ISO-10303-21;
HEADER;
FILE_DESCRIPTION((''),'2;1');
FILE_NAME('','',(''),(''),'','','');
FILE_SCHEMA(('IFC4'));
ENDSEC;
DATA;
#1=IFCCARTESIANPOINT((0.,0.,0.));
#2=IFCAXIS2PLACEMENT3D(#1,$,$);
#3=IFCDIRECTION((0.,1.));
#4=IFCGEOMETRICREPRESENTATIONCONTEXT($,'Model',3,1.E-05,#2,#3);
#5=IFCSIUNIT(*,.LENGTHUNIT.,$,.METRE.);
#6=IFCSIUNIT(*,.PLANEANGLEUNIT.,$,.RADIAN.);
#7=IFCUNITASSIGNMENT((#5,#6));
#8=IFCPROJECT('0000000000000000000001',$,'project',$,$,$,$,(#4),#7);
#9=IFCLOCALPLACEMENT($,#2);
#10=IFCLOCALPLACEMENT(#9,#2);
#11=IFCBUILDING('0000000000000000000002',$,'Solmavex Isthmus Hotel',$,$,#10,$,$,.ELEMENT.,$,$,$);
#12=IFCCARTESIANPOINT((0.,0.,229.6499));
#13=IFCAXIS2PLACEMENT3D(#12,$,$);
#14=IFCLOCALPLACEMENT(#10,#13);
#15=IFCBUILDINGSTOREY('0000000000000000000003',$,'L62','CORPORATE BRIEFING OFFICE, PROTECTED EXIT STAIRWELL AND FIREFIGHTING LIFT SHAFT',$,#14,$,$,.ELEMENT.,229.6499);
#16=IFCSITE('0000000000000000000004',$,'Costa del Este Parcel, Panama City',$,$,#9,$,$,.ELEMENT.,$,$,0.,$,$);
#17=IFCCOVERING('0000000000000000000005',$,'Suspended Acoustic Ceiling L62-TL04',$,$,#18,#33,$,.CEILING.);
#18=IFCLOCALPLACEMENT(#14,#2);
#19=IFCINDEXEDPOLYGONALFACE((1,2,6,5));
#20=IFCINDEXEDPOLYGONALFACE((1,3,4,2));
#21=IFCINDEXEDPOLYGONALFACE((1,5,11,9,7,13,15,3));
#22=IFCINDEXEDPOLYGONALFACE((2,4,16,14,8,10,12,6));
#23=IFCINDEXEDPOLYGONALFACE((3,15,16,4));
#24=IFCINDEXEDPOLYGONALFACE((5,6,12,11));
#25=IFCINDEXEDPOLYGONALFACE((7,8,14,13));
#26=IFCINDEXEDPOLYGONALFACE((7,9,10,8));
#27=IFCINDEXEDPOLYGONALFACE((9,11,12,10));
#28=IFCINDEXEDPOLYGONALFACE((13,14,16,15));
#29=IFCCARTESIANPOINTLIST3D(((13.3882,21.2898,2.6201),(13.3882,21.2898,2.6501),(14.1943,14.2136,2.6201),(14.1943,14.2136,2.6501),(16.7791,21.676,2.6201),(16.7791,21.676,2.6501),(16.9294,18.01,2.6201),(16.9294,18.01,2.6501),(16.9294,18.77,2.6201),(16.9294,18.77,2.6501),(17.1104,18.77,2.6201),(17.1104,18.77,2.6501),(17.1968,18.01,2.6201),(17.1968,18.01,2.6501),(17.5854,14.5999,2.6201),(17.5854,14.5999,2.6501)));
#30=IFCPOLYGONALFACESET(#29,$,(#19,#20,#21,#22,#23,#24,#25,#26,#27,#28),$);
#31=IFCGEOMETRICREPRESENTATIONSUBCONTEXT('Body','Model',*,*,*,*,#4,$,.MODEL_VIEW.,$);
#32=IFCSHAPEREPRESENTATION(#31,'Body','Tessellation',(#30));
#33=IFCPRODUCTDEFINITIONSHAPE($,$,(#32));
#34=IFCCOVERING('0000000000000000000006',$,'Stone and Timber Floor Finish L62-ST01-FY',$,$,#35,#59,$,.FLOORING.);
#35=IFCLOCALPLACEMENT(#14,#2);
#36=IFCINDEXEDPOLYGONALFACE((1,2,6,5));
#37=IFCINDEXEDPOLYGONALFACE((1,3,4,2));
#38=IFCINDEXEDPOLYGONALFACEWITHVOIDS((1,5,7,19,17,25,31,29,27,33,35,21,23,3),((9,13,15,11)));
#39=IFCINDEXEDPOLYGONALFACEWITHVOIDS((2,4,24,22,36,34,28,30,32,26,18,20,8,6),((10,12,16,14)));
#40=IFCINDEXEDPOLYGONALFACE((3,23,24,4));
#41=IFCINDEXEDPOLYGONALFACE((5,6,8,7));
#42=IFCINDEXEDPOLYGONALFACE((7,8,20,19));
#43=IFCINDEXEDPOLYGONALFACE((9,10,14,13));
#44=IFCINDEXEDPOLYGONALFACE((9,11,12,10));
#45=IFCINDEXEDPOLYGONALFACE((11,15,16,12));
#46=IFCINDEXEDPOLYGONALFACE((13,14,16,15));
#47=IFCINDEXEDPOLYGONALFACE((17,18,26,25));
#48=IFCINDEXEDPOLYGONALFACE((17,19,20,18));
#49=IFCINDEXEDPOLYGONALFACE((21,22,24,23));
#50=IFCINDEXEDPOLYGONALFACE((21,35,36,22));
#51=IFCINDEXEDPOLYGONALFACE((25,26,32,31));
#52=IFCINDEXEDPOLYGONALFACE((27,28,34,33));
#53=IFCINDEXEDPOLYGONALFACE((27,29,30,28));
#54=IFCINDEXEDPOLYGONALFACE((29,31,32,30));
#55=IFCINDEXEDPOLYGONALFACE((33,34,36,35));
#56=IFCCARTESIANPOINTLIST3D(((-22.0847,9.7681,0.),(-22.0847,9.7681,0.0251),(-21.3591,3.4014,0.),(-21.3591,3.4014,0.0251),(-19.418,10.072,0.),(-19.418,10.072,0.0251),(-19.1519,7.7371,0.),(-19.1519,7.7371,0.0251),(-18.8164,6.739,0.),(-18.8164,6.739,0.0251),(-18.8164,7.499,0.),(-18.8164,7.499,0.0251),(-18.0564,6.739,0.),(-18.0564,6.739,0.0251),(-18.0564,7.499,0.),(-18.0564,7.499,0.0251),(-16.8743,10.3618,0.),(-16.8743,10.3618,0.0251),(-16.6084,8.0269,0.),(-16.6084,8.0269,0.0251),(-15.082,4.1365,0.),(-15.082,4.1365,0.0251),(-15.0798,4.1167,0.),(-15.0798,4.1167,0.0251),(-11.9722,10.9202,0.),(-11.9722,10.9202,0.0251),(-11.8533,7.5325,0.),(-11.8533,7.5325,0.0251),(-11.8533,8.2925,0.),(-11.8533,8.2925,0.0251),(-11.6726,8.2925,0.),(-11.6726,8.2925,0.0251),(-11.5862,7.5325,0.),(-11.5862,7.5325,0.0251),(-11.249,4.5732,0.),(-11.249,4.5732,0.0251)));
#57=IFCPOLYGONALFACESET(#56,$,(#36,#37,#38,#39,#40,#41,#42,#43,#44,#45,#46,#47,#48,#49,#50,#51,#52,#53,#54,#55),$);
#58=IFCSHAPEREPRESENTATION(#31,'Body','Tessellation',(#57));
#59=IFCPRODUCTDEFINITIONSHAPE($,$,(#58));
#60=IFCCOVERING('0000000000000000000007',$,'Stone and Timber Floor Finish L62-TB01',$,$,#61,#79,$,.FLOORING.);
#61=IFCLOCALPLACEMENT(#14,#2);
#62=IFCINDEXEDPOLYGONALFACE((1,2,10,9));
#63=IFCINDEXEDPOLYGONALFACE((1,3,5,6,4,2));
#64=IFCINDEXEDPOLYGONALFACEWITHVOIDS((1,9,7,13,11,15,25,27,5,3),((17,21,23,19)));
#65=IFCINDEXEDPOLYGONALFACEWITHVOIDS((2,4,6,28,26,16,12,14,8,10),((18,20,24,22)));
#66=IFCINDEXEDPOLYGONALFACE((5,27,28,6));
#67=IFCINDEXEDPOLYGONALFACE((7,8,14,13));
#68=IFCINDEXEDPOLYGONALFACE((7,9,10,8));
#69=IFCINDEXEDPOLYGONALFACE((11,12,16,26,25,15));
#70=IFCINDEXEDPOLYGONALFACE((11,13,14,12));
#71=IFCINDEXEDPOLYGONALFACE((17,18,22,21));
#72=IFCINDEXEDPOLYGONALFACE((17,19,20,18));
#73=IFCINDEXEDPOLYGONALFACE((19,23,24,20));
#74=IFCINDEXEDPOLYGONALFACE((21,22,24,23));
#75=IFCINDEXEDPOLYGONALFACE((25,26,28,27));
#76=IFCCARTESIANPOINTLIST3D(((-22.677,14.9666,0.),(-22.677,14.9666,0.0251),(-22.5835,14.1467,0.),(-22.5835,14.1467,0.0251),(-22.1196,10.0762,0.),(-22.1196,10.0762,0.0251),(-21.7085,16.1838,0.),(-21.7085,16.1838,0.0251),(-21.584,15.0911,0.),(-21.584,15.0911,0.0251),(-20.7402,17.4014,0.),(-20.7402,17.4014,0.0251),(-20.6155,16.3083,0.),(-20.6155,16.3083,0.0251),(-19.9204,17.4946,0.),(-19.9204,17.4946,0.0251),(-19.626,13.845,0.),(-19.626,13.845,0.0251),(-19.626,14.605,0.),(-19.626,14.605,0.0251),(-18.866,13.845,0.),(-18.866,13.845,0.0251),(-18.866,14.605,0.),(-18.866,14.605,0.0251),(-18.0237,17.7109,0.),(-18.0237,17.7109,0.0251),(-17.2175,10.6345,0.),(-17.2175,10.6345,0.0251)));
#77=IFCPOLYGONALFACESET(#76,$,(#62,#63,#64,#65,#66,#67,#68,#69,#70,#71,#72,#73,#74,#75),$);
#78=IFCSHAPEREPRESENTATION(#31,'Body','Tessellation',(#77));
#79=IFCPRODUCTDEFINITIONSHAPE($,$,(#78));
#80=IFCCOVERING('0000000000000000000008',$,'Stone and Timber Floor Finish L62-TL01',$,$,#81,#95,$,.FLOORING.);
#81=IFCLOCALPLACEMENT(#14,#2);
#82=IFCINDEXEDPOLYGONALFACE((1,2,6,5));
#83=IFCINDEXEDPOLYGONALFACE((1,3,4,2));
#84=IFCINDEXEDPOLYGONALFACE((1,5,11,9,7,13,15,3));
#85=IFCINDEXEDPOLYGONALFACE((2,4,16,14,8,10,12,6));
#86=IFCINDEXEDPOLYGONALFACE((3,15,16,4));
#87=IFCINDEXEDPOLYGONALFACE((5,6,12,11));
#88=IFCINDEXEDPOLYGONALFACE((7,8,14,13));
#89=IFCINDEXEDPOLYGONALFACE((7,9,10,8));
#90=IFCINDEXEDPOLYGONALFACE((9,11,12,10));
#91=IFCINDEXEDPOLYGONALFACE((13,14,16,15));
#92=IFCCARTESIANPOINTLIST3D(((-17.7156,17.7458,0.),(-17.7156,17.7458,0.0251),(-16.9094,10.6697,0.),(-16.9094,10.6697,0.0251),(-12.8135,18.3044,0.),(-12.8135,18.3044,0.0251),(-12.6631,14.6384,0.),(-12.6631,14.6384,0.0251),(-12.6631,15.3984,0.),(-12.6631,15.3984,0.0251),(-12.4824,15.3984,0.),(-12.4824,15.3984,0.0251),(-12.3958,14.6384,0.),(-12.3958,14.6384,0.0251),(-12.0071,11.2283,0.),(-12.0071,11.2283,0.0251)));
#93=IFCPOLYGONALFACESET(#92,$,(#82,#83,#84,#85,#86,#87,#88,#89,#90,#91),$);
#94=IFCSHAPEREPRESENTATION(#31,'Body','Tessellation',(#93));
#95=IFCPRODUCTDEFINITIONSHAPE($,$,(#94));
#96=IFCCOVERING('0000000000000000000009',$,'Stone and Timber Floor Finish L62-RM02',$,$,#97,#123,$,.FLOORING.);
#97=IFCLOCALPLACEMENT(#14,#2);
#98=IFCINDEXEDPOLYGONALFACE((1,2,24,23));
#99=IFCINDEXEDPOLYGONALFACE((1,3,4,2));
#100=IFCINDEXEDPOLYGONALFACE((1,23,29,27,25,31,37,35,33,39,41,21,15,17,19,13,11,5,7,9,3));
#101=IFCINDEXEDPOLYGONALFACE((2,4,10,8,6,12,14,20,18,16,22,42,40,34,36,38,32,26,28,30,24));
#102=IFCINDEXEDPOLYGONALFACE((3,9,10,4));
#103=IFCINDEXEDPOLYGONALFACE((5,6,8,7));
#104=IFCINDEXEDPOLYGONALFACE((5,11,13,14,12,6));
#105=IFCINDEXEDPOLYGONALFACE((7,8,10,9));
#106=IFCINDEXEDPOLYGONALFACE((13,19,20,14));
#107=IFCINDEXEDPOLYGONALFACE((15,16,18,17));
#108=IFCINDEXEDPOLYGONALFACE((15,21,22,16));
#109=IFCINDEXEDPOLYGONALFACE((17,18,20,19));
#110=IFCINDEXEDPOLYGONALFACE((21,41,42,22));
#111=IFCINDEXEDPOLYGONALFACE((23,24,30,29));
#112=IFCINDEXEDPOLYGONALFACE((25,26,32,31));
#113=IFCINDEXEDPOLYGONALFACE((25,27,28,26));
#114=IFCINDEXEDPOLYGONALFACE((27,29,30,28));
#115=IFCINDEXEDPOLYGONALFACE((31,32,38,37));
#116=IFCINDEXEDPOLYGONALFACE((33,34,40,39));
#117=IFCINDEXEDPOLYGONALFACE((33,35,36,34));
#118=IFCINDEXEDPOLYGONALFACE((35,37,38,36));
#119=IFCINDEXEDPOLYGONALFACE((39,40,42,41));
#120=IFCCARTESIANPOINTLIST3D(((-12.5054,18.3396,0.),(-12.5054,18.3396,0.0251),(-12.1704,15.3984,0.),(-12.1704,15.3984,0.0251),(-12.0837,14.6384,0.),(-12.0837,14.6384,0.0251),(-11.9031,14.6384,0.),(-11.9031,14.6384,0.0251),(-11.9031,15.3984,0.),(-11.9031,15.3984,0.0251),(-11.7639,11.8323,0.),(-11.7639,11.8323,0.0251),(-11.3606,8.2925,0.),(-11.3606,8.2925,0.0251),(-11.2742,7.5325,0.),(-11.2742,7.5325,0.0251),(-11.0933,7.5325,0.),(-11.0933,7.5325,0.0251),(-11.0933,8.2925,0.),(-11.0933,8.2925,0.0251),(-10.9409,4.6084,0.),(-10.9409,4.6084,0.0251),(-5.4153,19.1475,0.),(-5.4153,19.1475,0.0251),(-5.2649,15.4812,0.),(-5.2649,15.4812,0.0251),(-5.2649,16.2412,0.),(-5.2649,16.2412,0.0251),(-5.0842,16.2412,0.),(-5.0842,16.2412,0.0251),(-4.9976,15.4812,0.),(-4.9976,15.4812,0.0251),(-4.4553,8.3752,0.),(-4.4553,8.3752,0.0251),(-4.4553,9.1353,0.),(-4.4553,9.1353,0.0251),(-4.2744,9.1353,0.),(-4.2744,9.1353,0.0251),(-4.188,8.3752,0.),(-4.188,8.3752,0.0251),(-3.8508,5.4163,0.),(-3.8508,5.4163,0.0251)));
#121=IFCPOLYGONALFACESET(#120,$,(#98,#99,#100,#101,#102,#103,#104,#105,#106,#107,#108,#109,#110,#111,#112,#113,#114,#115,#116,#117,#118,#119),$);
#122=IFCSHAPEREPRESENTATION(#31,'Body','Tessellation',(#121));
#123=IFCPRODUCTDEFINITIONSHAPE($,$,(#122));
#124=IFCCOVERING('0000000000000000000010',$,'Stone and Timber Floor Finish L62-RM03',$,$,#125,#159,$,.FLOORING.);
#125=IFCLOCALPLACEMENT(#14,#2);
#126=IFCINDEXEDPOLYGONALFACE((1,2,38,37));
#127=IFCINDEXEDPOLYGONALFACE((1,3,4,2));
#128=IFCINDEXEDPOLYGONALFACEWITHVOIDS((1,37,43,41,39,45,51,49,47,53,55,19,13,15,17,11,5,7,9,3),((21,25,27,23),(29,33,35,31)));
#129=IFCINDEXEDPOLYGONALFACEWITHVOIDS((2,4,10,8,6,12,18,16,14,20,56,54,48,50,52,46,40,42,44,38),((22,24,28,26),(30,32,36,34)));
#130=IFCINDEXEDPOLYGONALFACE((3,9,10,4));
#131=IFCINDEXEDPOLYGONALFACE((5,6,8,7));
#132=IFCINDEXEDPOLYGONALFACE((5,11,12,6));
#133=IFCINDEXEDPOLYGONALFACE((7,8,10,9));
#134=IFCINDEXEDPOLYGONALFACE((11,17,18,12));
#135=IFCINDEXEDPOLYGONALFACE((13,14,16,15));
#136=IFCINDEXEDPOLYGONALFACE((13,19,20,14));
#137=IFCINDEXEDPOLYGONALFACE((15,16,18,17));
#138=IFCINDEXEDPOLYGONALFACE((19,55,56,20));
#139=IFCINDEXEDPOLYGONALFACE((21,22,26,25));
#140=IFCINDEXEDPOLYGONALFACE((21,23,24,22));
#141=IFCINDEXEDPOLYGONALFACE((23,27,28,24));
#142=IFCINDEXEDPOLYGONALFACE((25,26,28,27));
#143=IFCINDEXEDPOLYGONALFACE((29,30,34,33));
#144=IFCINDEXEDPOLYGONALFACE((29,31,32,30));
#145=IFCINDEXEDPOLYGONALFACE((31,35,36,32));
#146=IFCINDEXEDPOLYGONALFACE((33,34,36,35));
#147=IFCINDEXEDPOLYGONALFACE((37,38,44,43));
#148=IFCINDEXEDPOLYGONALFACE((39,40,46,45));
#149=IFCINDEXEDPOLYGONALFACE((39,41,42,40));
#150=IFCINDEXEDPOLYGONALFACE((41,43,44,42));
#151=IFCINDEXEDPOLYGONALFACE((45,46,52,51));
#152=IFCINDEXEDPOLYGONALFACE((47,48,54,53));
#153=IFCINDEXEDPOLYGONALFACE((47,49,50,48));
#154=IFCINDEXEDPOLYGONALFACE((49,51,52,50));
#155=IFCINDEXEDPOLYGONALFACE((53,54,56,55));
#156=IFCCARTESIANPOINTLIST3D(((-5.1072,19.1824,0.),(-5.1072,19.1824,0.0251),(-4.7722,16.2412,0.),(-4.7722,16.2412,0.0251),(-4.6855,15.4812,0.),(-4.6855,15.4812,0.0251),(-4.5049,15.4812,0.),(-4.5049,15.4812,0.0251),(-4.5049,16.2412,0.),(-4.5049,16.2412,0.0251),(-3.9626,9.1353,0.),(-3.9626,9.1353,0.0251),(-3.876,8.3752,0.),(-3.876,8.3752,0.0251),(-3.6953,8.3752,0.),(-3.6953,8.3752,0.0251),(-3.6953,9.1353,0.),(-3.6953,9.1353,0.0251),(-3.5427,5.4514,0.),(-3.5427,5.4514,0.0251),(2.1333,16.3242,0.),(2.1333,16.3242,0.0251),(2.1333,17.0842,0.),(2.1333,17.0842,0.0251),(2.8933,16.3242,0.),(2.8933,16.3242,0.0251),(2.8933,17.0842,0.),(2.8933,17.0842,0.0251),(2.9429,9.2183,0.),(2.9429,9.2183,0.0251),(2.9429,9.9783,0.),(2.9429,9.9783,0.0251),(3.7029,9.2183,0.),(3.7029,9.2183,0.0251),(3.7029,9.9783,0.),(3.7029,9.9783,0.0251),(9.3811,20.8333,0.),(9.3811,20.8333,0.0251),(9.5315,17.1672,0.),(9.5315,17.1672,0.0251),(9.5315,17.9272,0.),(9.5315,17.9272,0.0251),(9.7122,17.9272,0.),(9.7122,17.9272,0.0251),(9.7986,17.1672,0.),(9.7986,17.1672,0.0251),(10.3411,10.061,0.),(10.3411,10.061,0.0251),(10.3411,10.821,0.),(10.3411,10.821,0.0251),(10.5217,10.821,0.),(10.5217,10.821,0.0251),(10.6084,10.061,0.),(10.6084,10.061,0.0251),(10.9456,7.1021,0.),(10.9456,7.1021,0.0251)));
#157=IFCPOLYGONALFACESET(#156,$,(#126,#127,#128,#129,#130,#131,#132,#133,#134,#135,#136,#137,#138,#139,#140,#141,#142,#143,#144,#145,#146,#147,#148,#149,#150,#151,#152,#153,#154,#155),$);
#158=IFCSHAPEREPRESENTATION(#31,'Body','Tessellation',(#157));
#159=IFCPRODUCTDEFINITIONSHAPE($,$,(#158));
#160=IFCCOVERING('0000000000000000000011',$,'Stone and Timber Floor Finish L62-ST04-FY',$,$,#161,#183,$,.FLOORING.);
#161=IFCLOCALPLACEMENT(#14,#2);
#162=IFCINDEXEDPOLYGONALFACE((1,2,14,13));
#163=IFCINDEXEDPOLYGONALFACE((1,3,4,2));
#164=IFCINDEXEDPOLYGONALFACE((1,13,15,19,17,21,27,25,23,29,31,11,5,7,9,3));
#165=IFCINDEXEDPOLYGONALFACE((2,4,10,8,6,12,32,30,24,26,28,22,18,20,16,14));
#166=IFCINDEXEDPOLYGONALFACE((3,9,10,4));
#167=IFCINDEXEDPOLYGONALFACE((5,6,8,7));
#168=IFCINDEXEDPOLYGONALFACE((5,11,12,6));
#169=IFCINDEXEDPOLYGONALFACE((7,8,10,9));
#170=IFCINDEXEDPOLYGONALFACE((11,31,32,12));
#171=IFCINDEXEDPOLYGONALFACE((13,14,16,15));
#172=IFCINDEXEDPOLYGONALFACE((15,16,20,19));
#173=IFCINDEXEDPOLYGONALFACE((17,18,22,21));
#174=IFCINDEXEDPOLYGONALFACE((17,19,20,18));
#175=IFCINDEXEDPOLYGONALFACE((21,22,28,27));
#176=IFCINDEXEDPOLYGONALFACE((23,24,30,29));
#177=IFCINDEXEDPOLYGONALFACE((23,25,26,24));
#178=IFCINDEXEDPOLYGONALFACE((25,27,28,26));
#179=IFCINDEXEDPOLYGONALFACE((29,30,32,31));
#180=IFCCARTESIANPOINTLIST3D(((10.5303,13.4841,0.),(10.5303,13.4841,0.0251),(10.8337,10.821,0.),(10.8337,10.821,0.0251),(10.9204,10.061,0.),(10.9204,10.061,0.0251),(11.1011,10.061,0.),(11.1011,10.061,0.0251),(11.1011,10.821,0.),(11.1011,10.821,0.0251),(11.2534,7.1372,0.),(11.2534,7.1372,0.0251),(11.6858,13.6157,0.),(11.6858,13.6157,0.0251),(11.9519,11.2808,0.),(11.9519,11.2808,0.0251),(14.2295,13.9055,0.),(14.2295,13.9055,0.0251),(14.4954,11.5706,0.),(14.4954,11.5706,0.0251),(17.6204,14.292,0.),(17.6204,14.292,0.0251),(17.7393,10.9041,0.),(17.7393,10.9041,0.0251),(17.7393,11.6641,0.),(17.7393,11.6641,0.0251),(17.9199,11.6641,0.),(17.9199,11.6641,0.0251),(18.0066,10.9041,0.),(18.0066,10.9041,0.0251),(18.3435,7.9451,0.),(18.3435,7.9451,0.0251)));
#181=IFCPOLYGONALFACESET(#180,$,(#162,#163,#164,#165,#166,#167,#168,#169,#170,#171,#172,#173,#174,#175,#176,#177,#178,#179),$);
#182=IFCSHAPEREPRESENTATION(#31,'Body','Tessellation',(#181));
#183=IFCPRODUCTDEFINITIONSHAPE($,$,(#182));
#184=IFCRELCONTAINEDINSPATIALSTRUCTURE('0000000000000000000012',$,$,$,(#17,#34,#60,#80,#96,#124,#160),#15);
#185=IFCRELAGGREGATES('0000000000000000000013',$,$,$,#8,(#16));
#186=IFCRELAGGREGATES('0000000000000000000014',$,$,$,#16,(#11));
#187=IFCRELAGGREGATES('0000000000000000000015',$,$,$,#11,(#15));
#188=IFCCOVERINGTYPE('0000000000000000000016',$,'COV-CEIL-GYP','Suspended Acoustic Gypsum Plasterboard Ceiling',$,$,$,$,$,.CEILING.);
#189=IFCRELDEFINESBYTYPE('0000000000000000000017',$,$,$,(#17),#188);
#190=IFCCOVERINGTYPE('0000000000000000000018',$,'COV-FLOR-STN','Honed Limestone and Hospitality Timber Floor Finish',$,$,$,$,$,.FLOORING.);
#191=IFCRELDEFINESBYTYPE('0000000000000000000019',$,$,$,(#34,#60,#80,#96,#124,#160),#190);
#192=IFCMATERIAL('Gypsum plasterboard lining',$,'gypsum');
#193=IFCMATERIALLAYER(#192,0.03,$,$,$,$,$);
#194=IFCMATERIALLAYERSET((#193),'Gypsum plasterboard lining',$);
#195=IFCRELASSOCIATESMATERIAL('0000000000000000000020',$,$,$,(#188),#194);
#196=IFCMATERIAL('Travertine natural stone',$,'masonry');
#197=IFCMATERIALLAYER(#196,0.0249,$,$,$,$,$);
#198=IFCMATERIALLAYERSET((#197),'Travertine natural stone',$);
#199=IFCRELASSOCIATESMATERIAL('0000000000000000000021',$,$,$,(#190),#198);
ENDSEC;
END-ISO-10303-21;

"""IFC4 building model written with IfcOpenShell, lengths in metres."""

from ifc_helpers import new_model, si_unit, direction, frame, origin, place, context, subcontext, project, spatial, polyline, outline, extrude, material, layer, layer_set, type_object, element, save


model = new_model("IFC4")

# Units and contexts
model_context = context("Model", 3, precision=1e-05, world=origin(), true_north=direction((0.0, 1.0)))
body_context = subcontext(model_context, "Body", "Model", "MODEL_VIEW")
ifc_project = project(units=[si_unit("LENGTHUNIT", "METRE"), si_unit("PLANEANGLEUNIT", "RADIAN")], contexts=[model_context])

# Site, building, storey
site_placement = place(None, origin())
site = spatial("IfcSite", under=ifc_project, at=site_placement, Name="Costa del Este Parcel, Panama City", CompositionType="ELEMENT", RefElevation=0.0)
building_placement = place(site_placement, origin())
building = spatial("IfcBuilding", under=site, at=building_placement, Name="Solmavex Isthmus Hotel", CompositionType="ELEMENT")
storey_placement = place(building_placement, frame((0.0, 0.0, 229.6499)))
storey = spatial("IfcBuildingStorey", under=building, at=storey_placement, Name="L62", Description="CORPORATE BRIEFING OFFICE, PROTECTED EXIT STAIRWELL AND FIREFIGHTING LIFT SHAFT", CompositionType="ELEMENT", Elevation=229.6499)

# Shared definitions
ifc_material_1 = material(Name="Gypsum plasterboard lining", Category="gypsum")

# Coverings
ifc_layer_1 = layer(ifc_material_1, 0.03)
ifc_layer_set_1 = layer_set([ifc_layer_1], Name="Gypsum plasterboard lining")
covering_type_1 = type_object("IfcCoveringType", Name="COV-CEIL-GYP", Description="Suspended Acoustic Gypsum Plasterboard Ceiling", PredefinedType="CEILING", material=ifc_layer_set_1)
covering_1_placement = place(storey_placement, frame((0.0, 0.0, 2.6201)))
element("IfcCovering", 1, at=covering_1_placement, inside=storey, type_object=covering_type_1, Name="Suspended Acoustic Ceiling L62-TL04", PredefinedType="CEILING", context=body_context, shape_type="SweptSolid", body=[
    extrude(outline(polyline([(17.1968, 18.01), (16.9294, 18.01), (16.9294, 18.77), (17.1104, 18.77), (16.7791, 21.676), (13.3882, 21.2898), (14.1943, 14.2136), (17.5854, 14.5999), (17.1968, 18.01)])), origin(), (0.0, 0.0, 1.0), 0.03),
])
ifc_material_2 = material(Name="Travertine natural stone", Category="masonry")
ifc_layer_2 = layer(ifc_material_2, 0.0249)
ifc_layer_set_2 = layer_set([ifc_layer_2], Name="Travertine natural stone")
covering_type_2 = type_object("IfcCoveringType", Name="COV-FLOR-STN", Description="Honed Limestone and Hospitality Timber Floor Finish", PredefinedType="FLOORING", material=ifc_layer_set_2)
covering_2_placement = place(storey_placement, origin())
element("IfcCovering", 2, at=covering_2_placement, inside=storey, type_object=covering_type_2, Name="Stone and Timber Floor Finish L62-ST01-FY", PredefinedType="FLOORING", context=body_context, shape_type="SweptSolid", body=[
    extrude(outline(polyline([(-15.0798, 4.1167), (-15.082, 4.1365), (-11.249, 4.5732), (-11.5862, 7.5325), (-11.8533, 7.5325), (-11.8533, 8.2925), (-11.6726, 8.2925), (-11.9722, 10.9202), (-16.8743, 10.3618), (-16.6084, 8.0269), (-19.1519, 7.7371), (-19.418, 10.072), (-22.0847, 9.7681), (-21.3591, 3.4014), (-15.0798, 4.1167)]), holes=[polyline([(-18.8164, 6.739), (-18.8164, 7.499), (-18.0564, 7.499), (-18.0564, 6.739), (-18.8164, 6.739)])]), origin(), (0.0, 0.0, 1.0), 0.0251),
])
covering_3_placement = place(storey_placement, origin())
element("IfcCovering", 3, at=covering_3_placement, inside=storey, type_object=covering_type_2, Name="Stone and Timber Floor Finish L62-TB01", PredefinedType="FLOORING", context=body_context, shape_type="SweptSolid", body=[
    extrude(outline(polyline([(-22.677, 14.9666), (-22.5835, 14.1467), (-22.1196, 10.0762), (-17.2175, 10.6345), (-18.0237, 17.7109), (-19.9204, 17.4946), (-20.7402, 17.4014), (-20.6155, 16.3083), (-21.7085, 16.1838), (-21.584, 15.0911), (-22.677, 14.9666)]), holes=[polyline([(-19.626, 13.845), (-19.626, 14.605), (-18.866, 14.605), (-18.866, 13.845), (-19.626, 13.845)])]), origin(), (0.0, 0.0, 1.0), 0.0251),
])
covering_4_placement = place(storey_placement, origin())
element("IfcCovering", 4, at=covering_4_placement, inside=storey, type_object=covering_type_2, Name="Stone and Timber Floor Finish L62-TL01", PredefinedType="FLOORING", context=body_context, shape_type="SweptSolid", body=[
    extrude(outline(polyline([(-12.3958, 14.6384), (-12.6631, 14.6384), (-12.6631, 15.3984), (-12.4824, 15.3984), (-12.8135, 18.3044), (-17.7156, 17.7458), (-16.9094, 10.6697), (-12.0071, 11.2283), (-12.3958, 14.6384)])), origin(), (0.0, 0.0, 1.0), 0.0251),
])
covering_5_placement = place(storey_placement, origin())
element("IfcCovering", 5, at=covering_5_placement, inside=storey, type_object=covering_type_2, Name="Stone and Timber Floor Finish L62-RM02", PredefinedType="FLOORING", context=body_context, shape_type="SweptSolid", body=[
    extrude(outline(polyline([(-11.3606, 8.2925), (-11.0933, 8.2925), (-11.0933, 7.5325), (-11.2742, 7.5325), (-10.9409, 4.6084), (-3.8508, 5.4163), (-4.188, 8.3752), (-4.4553, 8.3752), (-4.4553, 9.1353), (-4.2744, 9.1353), (-4.9976, 15.4812), (-5.2649, 15.4812), (-5.2649, 16.2412), (-5.0842, 16.2412), (-5.4153, 19.1475), (-12.5054, 18.3396), (-12.1704, 15.3984), (-11.9031, 15.3984), (-11.9031, 14.6384), (-12.0837, 14.6384), (-11.7639, 11.8323), (-11.3606, 8.2925)])), origin(), (0.0, 0.0, 1.0), 0.0251),
])
covering_6_placement = place(storey_placement, origin())
element("IfcCovering", 6, at=covering_6_placement, inside=storey, type_object=covering_type_2, Name="Stone and Timber Floor Finish L62-RM03", PredefinedType="FLOORING", context=body_context, shape_type="SweptSolid", body=[
    extrude(outline(polyline([(-3.9626, 9.1353), (-3.6953, 9.1353), (-3.6953, 8.3752), (-3.876, 8.3752), (-3.5427, 5.4514), (10.9456, 7.1021), (10.6084, 10.061), (10.3411, 10.061), (10.3411, 10.821), (10.5217, 10.821), (9.7986, 17.1672), (9.5315, 17.1672), (9.5315, 17.9272), (9.7122, 17.9272), (9.3811, 20.8333), (-5.1072, 19.1824), (-4.7722, 16.2412), (-4.5049, 16.2412), (-4.5049, 15.4812), (-4.6855, 15.4812), (-3.9626, 9.1353)]), holes=[polyline([(2.9429, 9.2183), (2.9429, 9.9783), (3.7029, 9.9783), (3.7029, 9.2183), (2.9429, 9.2183)]), polyline([(2.1333, 16.3242), (2.1333, 17.0842), (2.8933, 17.0842), (2.8933, 16.3242), (2.1333, 16.3242)])]), origin(), (0.0, 0.0, 1.0), 0.0251),
])
covering_7_placement = place(storey_placement, origin())
element("IfcCovering", 7, at=covering_7_placement, inside=storey, type_object=covering_type_2, Name="Stone and Timber Floor Finish L62-ST04-FY", PredefinedType="FLOORING", context=body_context, shape_type="SweptSolid", body=[
    extrude(outline(polyline([(11.6858, 13.6157), (10.5303, 13.4841), (10.8337, 10.821), (11.1011, 10.821), (11.1011, 10.061), (10.9204, 10.061), (11.2534, 7.1372), (18.3435, 7.9451), (18.0066, 10.9041), (17.7393, 10.9041), (17.7393, 11.6641), (17.9199, 11.6641), (17.6204, 14.292), (14.2295, 13.9055), (14.4954, 11.5706), (11.9519, 11.2808), (11.6858, 13.6157)])), origin(), (0.0, 0.0, 1.0), 0.0251),
])

save(model, "model.ifc")
